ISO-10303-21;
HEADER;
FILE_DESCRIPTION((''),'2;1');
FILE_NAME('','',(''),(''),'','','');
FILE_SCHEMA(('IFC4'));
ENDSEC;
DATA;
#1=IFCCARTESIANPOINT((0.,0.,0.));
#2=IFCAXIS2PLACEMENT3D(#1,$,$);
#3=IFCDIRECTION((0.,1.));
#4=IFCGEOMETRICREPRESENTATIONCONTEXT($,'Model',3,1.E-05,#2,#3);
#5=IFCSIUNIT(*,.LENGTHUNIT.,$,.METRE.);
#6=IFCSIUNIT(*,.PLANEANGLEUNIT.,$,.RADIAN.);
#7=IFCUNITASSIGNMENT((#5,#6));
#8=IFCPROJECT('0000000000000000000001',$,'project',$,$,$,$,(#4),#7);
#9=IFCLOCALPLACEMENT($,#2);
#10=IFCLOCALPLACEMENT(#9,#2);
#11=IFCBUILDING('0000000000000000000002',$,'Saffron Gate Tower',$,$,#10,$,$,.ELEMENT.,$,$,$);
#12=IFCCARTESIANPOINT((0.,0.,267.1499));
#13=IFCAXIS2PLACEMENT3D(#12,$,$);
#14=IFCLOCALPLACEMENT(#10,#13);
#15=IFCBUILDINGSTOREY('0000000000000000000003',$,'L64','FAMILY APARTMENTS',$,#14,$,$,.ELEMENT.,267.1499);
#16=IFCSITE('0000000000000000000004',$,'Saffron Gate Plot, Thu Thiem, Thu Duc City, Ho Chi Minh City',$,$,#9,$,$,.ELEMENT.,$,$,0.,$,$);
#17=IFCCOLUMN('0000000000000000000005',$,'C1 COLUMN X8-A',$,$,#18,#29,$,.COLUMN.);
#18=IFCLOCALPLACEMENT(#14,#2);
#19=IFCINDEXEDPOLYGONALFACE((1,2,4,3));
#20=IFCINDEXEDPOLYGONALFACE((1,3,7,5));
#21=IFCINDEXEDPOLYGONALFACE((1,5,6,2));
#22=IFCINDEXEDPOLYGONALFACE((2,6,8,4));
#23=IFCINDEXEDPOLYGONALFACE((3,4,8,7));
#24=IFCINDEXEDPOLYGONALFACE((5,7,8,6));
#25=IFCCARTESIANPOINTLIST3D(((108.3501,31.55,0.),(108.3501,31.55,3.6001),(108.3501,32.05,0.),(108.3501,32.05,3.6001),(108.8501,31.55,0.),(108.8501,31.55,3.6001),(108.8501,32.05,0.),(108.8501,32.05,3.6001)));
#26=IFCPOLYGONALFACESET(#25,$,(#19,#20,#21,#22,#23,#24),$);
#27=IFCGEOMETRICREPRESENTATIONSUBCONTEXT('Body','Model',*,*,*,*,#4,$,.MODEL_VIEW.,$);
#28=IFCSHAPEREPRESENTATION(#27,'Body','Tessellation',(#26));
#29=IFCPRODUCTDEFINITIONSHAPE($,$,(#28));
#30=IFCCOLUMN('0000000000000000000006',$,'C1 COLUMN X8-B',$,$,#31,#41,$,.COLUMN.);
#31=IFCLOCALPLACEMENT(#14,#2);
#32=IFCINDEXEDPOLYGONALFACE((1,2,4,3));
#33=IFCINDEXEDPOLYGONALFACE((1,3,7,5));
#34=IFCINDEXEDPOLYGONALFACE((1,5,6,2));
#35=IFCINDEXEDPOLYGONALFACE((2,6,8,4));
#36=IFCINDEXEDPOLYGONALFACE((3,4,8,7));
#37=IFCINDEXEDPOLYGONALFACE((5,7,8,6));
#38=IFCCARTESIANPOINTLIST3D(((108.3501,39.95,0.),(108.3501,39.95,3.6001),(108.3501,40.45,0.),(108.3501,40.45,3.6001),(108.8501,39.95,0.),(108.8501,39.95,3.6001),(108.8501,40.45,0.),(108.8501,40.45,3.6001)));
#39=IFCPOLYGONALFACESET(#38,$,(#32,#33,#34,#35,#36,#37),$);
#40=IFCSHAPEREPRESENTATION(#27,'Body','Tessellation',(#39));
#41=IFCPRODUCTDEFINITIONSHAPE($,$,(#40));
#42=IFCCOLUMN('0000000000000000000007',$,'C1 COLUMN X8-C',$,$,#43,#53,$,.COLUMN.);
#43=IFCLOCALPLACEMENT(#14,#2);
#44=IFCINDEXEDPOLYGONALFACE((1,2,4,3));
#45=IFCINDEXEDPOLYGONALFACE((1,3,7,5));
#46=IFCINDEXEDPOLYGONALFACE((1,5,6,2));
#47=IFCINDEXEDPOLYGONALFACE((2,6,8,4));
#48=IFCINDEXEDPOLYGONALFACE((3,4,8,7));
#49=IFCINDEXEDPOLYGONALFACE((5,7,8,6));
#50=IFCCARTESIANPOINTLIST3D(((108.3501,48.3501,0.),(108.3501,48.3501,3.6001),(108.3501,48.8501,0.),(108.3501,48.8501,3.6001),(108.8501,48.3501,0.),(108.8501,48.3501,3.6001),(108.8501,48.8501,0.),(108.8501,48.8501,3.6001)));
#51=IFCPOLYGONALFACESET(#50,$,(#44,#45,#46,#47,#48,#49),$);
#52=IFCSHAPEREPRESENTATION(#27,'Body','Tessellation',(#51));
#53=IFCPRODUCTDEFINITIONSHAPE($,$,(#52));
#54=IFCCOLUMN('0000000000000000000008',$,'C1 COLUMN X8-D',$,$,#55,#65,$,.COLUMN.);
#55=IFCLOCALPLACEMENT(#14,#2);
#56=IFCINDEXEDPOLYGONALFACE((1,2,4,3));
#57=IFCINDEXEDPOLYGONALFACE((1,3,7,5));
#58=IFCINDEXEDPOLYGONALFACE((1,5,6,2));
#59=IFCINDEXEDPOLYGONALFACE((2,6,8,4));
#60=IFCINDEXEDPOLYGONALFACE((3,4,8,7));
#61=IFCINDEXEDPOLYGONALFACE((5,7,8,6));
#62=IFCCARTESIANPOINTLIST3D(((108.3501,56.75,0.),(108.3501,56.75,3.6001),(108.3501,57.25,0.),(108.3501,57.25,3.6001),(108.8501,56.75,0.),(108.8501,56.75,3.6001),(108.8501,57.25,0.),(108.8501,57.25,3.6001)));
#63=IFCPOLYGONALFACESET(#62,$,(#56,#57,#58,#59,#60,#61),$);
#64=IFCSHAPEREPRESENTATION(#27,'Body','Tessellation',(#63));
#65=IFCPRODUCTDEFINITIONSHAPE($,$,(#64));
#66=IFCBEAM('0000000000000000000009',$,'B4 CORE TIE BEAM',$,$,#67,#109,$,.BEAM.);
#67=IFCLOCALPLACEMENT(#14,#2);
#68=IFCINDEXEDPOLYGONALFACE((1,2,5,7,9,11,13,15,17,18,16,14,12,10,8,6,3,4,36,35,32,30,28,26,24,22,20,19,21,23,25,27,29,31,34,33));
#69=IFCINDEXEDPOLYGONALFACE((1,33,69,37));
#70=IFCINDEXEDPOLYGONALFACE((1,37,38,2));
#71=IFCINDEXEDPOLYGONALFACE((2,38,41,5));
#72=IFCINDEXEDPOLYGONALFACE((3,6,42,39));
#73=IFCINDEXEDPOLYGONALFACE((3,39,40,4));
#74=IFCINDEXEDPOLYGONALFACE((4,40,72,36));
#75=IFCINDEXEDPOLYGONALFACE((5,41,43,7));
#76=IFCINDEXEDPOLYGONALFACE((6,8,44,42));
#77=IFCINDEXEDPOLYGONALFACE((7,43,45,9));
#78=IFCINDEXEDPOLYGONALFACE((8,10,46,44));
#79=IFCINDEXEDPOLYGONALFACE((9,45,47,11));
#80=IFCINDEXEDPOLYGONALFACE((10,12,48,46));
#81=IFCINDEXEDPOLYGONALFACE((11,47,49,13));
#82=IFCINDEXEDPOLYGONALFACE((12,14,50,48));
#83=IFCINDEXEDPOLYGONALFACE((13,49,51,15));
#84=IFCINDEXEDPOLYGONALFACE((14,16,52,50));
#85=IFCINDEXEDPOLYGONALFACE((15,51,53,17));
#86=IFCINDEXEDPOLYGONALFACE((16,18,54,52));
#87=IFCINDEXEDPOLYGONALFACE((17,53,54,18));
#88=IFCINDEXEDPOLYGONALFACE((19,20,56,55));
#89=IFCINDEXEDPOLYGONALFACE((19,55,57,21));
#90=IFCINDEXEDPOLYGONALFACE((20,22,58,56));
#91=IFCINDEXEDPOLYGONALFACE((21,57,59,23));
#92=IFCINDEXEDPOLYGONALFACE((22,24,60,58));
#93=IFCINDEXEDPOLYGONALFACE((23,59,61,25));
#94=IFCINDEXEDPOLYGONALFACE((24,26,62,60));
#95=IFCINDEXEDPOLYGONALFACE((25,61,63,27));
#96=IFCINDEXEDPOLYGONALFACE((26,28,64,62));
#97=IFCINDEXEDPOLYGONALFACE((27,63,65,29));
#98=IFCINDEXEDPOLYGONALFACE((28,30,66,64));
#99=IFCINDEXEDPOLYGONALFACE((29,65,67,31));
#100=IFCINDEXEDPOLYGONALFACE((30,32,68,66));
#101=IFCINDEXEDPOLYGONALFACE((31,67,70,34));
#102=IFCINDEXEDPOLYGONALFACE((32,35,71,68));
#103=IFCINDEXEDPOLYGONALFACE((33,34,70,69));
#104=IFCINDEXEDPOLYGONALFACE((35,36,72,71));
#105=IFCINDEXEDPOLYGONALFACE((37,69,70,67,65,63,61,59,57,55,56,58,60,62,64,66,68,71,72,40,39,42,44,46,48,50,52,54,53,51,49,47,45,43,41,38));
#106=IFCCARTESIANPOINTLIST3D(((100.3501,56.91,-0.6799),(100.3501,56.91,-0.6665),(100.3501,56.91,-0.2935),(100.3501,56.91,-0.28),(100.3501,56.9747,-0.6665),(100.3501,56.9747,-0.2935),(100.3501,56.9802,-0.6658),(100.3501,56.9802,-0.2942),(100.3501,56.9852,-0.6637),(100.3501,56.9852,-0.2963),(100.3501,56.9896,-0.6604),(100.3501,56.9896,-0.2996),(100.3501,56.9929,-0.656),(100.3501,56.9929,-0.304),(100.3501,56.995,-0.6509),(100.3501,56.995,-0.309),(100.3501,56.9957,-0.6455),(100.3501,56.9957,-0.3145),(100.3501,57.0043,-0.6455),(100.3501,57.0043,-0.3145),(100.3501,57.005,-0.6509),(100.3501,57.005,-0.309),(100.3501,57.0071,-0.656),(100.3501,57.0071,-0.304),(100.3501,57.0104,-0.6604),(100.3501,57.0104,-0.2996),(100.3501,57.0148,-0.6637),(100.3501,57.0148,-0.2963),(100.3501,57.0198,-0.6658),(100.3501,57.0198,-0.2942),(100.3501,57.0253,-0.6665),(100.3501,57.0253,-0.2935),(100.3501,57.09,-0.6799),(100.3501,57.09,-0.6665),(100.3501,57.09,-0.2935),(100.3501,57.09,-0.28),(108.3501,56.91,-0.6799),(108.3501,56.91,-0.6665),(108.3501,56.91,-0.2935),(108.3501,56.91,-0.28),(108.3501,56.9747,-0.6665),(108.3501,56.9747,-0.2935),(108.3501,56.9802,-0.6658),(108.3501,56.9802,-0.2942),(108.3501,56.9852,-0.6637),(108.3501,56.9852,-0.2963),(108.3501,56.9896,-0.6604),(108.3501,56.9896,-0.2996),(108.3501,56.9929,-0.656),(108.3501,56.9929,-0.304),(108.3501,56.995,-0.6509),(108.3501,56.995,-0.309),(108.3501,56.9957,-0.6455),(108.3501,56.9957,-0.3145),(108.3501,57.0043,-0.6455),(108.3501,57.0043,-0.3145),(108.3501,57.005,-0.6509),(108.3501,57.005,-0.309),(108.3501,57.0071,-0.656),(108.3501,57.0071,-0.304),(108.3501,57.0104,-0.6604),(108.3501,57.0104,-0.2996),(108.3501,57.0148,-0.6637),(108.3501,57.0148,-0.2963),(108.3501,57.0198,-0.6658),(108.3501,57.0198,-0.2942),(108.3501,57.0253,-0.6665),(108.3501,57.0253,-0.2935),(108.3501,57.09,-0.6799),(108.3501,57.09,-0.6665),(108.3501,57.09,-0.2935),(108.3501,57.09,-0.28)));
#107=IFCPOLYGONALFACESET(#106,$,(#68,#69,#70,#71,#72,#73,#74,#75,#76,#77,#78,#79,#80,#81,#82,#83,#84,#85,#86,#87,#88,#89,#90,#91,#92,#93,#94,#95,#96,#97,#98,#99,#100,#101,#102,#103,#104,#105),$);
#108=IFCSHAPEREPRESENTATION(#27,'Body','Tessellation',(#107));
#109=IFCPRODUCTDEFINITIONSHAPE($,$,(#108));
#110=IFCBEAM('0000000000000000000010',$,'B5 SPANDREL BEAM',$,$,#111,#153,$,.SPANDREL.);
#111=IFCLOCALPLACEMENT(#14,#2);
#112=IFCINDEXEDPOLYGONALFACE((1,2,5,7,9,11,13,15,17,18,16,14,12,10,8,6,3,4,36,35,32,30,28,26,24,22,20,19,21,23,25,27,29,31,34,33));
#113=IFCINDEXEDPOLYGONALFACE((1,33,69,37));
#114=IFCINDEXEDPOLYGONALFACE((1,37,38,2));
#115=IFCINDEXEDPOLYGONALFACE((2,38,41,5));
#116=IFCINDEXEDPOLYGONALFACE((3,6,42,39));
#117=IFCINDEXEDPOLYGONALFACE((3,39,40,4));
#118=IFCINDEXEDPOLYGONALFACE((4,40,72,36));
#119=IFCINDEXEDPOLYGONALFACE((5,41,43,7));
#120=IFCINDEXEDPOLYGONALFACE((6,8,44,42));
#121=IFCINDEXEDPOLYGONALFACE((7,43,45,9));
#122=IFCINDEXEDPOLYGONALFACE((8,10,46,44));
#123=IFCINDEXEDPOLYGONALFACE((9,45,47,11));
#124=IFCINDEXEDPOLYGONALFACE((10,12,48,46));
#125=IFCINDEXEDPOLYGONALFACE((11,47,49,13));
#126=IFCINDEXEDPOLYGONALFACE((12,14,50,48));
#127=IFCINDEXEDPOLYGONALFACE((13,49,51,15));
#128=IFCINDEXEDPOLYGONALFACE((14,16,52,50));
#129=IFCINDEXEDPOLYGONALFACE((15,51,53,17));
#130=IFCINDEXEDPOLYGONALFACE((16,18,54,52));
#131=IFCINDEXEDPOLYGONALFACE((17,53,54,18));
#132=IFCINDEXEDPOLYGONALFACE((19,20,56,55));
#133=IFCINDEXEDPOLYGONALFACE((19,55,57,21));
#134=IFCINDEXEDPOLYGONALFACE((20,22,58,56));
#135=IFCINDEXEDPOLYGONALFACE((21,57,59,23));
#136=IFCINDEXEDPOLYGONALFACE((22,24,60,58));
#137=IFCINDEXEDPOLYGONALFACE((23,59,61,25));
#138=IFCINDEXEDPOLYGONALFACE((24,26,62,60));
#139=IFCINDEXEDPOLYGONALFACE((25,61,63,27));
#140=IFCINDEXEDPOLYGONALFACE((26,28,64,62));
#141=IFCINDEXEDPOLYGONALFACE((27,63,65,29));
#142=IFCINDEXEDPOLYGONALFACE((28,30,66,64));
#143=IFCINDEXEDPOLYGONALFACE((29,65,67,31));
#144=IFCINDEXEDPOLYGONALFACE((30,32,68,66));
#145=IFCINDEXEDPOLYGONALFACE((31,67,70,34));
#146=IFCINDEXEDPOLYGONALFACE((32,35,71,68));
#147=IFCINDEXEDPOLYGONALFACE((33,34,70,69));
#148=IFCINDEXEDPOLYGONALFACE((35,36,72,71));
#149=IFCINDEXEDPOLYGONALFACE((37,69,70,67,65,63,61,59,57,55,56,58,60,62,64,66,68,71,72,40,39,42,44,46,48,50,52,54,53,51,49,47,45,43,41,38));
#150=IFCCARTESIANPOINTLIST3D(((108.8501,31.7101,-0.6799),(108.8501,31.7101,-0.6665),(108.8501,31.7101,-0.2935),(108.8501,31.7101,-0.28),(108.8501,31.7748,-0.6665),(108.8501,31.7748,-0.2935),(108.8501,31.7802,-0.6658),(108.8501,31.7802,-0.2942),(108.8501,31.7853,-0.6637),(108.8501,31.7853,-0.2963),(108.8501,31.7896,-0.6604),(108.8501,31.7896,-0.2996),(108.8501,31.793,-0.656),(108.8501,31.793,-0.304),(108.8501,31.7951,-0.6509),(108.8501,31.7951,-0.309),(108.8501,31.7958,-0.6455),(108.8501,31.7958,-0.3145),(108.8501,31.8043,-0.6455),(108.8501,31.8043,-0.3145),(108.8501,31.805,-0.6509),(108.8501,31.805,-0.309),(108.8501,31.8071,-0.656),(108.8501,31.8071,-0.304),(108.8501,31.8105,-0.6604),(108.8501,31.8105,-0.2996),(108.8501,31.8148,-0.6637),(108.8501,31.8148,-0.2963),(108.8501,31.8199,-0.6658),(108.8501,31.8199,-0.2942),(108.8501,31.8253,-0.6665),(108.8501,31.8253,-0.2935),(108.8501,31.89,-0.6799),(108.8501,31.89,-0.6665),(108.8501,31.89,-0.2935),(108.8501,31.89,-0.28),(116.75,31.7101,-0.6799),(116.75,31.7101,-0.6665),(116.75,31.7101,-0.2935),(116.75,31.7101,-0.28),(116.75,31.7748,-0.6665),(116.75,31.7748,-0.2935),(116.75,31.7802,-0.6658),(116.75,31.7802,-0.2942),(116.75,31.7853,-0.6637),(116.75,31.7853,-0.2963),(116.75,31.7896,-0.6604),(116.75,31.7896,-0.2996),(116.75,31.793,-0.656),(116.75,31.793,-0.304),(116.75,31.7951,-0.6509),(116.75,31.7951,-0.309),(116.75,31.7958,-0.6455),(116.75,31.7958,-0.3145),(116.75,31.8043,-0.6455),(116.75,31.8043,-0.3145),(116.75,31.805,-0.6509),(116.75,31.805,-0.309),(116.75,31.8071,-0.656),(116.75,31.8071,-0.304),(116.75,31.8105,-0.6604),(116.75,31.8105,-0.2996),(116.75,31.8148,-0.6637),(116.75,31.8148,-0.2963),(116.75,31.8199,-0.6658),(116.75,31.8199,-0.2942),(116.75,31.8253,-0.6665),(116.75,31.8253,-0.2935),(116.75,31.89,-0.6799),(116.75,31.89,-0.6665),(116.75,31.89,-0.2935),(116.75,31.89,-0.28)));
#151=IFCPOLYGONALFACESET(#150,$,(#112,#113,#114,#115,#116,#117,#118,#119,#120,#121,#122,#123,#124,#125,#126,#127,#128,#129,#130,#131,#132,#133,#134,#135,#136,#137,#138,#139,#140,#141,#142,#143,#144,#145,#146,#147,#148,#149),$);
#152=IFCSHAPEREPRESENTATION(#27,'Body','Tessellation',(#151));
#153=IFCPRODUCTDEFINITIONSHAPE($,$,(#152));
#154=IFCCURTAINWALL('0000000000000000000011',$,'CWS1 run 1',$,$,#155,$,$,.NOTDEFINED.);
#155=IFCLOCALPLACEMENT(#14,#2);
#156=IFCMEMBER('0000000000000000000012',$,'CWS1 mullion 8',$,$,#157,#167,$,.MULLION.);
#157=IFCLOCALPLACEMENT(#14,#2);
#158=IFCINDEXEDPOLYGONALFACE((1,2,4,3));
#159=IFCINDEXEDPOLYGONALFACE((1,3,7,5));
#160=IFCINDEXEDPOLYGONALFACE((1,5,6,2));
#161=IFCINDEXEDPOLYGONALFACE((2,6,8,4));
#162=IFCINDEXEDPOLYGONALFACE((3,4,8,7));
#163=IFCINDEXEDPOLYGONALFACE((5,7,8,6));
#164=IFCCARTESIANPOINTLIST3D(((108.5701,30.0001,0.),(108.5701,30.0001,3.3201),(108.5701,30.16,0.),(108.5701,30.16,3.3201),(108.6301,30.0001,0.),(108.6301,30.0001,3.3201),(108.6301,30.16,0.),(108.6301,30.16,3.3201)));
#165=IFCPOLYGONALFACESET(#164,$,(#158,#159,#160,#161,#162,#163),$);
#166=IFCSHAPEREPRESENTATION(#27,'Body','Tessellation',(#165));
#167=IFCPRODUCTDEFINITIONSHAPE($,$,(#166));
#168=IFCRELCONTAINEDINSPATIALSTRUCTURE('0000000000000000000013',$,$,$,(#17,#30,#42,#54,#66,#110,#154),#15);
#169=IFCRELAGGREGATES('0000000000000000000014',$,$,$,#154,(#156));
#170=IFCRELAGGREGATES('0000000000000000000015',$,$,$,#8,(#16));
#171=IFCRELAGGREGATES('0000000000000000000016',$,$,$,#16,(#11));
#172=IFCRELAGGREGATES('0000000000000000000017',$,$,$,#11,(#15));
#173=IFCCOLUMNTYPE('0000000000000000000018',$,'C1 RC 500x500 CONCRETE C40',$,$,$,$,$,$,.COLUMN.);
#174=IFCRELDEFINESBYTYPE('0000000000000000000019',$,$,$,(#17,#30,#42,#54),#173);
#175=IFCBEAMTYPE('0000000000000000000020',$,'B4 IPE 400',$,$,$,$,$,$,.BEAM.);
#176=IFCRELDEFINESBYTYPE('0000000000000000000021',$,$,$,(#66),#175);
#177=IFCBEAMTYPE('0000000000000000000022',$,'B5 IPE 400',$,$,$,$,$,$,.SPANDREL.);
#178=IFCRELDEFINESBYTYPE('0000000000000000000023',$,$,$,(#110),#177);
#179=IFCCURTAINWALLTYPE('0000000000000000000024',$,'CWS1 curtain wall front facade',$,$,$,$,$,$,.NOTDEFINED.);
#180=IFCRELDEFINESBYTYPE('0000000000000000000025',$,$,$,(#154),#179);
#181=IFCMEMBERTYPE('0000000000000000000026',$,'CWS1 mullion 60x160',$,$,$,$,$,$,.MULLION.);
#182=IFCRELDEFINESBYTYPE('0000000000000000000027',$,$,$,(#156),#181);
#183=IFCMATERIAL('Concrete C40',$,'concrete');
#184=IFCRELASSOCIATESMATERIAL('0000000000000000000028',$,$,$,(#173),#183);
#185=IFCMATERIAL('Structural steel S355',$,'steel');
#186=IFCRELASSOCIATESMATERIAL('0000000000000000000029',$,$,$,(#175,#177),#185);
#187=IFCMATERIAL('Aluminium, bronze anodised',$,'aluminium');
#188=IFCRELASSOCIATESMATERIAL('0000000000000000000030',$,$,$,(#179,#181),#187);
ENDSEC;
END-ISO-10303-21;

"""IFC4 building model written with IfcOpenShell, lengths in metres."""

from ifc_helpers import new_model, si_unit, direction, frame, origin, origin_2d, place, context, subcontext, project, spatial, rectangle, i_section, extrude, material, material_profile, profile_set, type_object, element, aggregate, save


model = new_model("IFC4")

# Units and contexts
model_context = context("Model", 3, precision=1e-05, world=origin(), true_north=direction((0.0, 1.0)))
body_context = subcontext(model_context, "Body", "Model", "MODEL_VIEW")
ifc_project = project(units=[si_unit("LENGTHUNIT", "METRE"), si_unit("PLANEANGLEUNIT", "RADIAN")], contexts=[model_context])

# Site, building, storey
site_placement = place(None, origin())
site = spatial("IfcSite", under=ifc_project, at=site_placement, Name="Saffron Gate Plot, Thu Thiem, Thu Duc City, Ho Chi Minh City", CompositionType="ELEMENT", RefElevation=0.0)
building_placement = place(site_placement, origin())
building = spatial("IfcBuilding", under=site, at=building_placement, Name="Saffron Gate Tower", CompositionType="ELEMENT")
storey_placement = place(building_placement, frame((0.0, 0.0, 267.1499)))
storey = spatial("IfcBuildingStorey", under=building, at=storey_placement, Name="L64", Description="FAMILY APARTMENTS", CompositionType="ELEMENT", Elevation=267.1499)

# Columns
ifc_material_1 = material(Name="Concrete C40", Category="concrete")
ifc_material_profile_1 = material_profile(ifc_material_1, rectangle(XDim=0.5, YDim=0.5, at=origin_2d()))
ifc_profile_set_1 = profile_set([ifc_material_profile_1], Name="Concrete C40")
column_type = type_object("IfcColumnType", Name="C1 RC 500x500 CONCRETE C40", PredefinedType="COLUMN", material=ifc_profile_set_1)
for number, where, z_axis, x_axis, name in (
    (1, (108.6001, 31.8, 0.0), (0.0, 0.0, 1.0), (1.0, 0.0, 0.0), "C1 COLUMN X8-A"),
    (2, (108.6001, 40.2, 0.0), (0.0, 0.0, 1.0), (1.0, 0.0, 0.0), "C1 COLUMN X8-B"),
    (3, (108.6001, 48.6001, 0.0), (0.0, 0.0, 1.0), (1.0, 0.0, 0.0), "C1 COLUMN X8-C"),
    (4, (108.6001, 57.0, 0.0), (0.0, 0.0, 1.0), (1.0, 0.0, 0.0), "C1 COLUMN X8-D"),
):
    element("IfcColumn", number, at=place(storey_placement, frame(where, z_axis=z_axis, x_axis=x_axis)), inside=storey, type_object=column_type, Name=name, PredefinedType="COLUMN", context=body_context, shape_type="SweptSolid", body=[
        extrude(rectangle(XDim=0.5, YDim=0.5, at=origin_2d()), origin(), (0.0, 0.0, 1.0), 3.6001),
    ])

# Beams
ifc_material_2 = material(Name="Structural steel S355", Category="steel")
ifc_material_profile_2 = material_profile(ifc_material_2, i_section(OverallWidth=0.1799, OverallDepth=0.3999, WebThickness=0.0085, FlangeThickness=0.0134, FilletRadius=0.021, at=origin_2d()))
ifc_profile_set_2 = profile_set([ifc_material_profile_2], Name="Structural steel S355")
beam_type_1 = type_object("IfcBeamType", Name="B4 IPE 400", PredefinedType="BEAM", material=ifc_profile_set_2)
beam_1_placement = place(storey_placement, frame((108.3501, 57.0, -0.48), z_axis=(-1.0, 0.0, 0.0), x_axis=(0.0, -1.0, 0.0)))
element("IfcBeam", 5, at=beam_1_placement, inside=storey, type_object=beam_type_1, Name="B4 CORE TIE BEAM", PredefinedType="BEAM", context=body_context, shape_type="SweptSolid", body=[
    extrude(i_section(OverallWidth=0.1799, OverallDepth=0.3999, WebThickness=0.0085, FlangeThickness=0.0134, FilletRadius=0.021, at=origin_2d()), origin(), (0.0, 0.0, 1.0), 8.0),
])
ifc_material_profile_3 = material_profile(ifc_material_2, i_section(OverallWidth=0.1799, OverallDepth=0.3999, WebThickness=0.0085, FlangeThickness=0.0134, FilletRadius=0.021, at=origin_2d()))
ifc_profile_set_3 = profile_set([ifc_material_profile_3], Name="Structural steel S355")
beam_type_2 = type_object("IfcBeamType", Name="B5 IPE 400", PredefinedType="SPANDREL", material=ifc_profile_set_3)
beam_2_placement = place(storey_placement, frame((108.8501, 31.8, -0.48), z_axis=(1.0, 0.0, 0.0), x_axis=(0.0, 1.0, 0.0)))
element("IfcBeam", 6, at=beam_2_placement, inside=storey, type_object=beam_type_2, Name="B5 SPANDREL BEAM", PredefinedType="SPANDREL", context=body_context, shape_type="SweptSolid", body=[
    extrude(i_section(OverallWidth=0.1799, OverallDepth=0.3999, WebThickness=0.0085, FlangeThickness=0.0134, FilletRadius=0.021, at=origin_2d()), origin(), (0.0, 0.0, 1.0), 7.8999),
])

# Curtain wall, member
ifc_material_3 = material(Name="Aluminium, bronze anodised", Category="aluminium")
curtain_wall_type = type_object("IfcCurtainWallType", Name="CWS1 curtain wall front facade", PredefinedType="NOTDEFINED", material=ifc_material_3)
curtain_wall_placement = place(storey_placement, origin())
curtain_wall = element("IfcCurtainWall", 7, at=curtain_wall_placement, inside=storey, type_object=curtain_wall_type, Name="CWS1 run 1", PredefinedType="NOTDEFINED")
ifc_material_profile_4 = material_profile(ifc_material_3, rectangle(XDim=0.1599, YDim=0.0601, at=origin_2d()))
ifc_profile_set_4 = profile_set([ifc_material_profile_4], Name="Aluminium, bronze anodised")
member_type = type_object("IfcMemberType", Name="CWS1 mullion 60x160", PredefinedType="MULLION", material=ifc_profile_set_4)
member_placement = place(storey_placement, frame((108.6001, 30.0801, 0.0), z_axis=(0.0, 0.0, 1.0), x_axis=(0.0, 1.0, 0.0)))
member = element("IfcMember", 8, at=member_placement, type_object=member_type, Name="CWS1 mullion 8", PredefinedType="MULLION", context=body_context, shape_type="SweptSolid", body=[
    extrude(rectangle(XDim=0.1599, YDim=0.0601, at=origin_2d()), origin(), (0.0, 0.0, 1.0), 3.3201),
])
aggregate(curtain_wall, [member])

save(model, "model.ifc")
